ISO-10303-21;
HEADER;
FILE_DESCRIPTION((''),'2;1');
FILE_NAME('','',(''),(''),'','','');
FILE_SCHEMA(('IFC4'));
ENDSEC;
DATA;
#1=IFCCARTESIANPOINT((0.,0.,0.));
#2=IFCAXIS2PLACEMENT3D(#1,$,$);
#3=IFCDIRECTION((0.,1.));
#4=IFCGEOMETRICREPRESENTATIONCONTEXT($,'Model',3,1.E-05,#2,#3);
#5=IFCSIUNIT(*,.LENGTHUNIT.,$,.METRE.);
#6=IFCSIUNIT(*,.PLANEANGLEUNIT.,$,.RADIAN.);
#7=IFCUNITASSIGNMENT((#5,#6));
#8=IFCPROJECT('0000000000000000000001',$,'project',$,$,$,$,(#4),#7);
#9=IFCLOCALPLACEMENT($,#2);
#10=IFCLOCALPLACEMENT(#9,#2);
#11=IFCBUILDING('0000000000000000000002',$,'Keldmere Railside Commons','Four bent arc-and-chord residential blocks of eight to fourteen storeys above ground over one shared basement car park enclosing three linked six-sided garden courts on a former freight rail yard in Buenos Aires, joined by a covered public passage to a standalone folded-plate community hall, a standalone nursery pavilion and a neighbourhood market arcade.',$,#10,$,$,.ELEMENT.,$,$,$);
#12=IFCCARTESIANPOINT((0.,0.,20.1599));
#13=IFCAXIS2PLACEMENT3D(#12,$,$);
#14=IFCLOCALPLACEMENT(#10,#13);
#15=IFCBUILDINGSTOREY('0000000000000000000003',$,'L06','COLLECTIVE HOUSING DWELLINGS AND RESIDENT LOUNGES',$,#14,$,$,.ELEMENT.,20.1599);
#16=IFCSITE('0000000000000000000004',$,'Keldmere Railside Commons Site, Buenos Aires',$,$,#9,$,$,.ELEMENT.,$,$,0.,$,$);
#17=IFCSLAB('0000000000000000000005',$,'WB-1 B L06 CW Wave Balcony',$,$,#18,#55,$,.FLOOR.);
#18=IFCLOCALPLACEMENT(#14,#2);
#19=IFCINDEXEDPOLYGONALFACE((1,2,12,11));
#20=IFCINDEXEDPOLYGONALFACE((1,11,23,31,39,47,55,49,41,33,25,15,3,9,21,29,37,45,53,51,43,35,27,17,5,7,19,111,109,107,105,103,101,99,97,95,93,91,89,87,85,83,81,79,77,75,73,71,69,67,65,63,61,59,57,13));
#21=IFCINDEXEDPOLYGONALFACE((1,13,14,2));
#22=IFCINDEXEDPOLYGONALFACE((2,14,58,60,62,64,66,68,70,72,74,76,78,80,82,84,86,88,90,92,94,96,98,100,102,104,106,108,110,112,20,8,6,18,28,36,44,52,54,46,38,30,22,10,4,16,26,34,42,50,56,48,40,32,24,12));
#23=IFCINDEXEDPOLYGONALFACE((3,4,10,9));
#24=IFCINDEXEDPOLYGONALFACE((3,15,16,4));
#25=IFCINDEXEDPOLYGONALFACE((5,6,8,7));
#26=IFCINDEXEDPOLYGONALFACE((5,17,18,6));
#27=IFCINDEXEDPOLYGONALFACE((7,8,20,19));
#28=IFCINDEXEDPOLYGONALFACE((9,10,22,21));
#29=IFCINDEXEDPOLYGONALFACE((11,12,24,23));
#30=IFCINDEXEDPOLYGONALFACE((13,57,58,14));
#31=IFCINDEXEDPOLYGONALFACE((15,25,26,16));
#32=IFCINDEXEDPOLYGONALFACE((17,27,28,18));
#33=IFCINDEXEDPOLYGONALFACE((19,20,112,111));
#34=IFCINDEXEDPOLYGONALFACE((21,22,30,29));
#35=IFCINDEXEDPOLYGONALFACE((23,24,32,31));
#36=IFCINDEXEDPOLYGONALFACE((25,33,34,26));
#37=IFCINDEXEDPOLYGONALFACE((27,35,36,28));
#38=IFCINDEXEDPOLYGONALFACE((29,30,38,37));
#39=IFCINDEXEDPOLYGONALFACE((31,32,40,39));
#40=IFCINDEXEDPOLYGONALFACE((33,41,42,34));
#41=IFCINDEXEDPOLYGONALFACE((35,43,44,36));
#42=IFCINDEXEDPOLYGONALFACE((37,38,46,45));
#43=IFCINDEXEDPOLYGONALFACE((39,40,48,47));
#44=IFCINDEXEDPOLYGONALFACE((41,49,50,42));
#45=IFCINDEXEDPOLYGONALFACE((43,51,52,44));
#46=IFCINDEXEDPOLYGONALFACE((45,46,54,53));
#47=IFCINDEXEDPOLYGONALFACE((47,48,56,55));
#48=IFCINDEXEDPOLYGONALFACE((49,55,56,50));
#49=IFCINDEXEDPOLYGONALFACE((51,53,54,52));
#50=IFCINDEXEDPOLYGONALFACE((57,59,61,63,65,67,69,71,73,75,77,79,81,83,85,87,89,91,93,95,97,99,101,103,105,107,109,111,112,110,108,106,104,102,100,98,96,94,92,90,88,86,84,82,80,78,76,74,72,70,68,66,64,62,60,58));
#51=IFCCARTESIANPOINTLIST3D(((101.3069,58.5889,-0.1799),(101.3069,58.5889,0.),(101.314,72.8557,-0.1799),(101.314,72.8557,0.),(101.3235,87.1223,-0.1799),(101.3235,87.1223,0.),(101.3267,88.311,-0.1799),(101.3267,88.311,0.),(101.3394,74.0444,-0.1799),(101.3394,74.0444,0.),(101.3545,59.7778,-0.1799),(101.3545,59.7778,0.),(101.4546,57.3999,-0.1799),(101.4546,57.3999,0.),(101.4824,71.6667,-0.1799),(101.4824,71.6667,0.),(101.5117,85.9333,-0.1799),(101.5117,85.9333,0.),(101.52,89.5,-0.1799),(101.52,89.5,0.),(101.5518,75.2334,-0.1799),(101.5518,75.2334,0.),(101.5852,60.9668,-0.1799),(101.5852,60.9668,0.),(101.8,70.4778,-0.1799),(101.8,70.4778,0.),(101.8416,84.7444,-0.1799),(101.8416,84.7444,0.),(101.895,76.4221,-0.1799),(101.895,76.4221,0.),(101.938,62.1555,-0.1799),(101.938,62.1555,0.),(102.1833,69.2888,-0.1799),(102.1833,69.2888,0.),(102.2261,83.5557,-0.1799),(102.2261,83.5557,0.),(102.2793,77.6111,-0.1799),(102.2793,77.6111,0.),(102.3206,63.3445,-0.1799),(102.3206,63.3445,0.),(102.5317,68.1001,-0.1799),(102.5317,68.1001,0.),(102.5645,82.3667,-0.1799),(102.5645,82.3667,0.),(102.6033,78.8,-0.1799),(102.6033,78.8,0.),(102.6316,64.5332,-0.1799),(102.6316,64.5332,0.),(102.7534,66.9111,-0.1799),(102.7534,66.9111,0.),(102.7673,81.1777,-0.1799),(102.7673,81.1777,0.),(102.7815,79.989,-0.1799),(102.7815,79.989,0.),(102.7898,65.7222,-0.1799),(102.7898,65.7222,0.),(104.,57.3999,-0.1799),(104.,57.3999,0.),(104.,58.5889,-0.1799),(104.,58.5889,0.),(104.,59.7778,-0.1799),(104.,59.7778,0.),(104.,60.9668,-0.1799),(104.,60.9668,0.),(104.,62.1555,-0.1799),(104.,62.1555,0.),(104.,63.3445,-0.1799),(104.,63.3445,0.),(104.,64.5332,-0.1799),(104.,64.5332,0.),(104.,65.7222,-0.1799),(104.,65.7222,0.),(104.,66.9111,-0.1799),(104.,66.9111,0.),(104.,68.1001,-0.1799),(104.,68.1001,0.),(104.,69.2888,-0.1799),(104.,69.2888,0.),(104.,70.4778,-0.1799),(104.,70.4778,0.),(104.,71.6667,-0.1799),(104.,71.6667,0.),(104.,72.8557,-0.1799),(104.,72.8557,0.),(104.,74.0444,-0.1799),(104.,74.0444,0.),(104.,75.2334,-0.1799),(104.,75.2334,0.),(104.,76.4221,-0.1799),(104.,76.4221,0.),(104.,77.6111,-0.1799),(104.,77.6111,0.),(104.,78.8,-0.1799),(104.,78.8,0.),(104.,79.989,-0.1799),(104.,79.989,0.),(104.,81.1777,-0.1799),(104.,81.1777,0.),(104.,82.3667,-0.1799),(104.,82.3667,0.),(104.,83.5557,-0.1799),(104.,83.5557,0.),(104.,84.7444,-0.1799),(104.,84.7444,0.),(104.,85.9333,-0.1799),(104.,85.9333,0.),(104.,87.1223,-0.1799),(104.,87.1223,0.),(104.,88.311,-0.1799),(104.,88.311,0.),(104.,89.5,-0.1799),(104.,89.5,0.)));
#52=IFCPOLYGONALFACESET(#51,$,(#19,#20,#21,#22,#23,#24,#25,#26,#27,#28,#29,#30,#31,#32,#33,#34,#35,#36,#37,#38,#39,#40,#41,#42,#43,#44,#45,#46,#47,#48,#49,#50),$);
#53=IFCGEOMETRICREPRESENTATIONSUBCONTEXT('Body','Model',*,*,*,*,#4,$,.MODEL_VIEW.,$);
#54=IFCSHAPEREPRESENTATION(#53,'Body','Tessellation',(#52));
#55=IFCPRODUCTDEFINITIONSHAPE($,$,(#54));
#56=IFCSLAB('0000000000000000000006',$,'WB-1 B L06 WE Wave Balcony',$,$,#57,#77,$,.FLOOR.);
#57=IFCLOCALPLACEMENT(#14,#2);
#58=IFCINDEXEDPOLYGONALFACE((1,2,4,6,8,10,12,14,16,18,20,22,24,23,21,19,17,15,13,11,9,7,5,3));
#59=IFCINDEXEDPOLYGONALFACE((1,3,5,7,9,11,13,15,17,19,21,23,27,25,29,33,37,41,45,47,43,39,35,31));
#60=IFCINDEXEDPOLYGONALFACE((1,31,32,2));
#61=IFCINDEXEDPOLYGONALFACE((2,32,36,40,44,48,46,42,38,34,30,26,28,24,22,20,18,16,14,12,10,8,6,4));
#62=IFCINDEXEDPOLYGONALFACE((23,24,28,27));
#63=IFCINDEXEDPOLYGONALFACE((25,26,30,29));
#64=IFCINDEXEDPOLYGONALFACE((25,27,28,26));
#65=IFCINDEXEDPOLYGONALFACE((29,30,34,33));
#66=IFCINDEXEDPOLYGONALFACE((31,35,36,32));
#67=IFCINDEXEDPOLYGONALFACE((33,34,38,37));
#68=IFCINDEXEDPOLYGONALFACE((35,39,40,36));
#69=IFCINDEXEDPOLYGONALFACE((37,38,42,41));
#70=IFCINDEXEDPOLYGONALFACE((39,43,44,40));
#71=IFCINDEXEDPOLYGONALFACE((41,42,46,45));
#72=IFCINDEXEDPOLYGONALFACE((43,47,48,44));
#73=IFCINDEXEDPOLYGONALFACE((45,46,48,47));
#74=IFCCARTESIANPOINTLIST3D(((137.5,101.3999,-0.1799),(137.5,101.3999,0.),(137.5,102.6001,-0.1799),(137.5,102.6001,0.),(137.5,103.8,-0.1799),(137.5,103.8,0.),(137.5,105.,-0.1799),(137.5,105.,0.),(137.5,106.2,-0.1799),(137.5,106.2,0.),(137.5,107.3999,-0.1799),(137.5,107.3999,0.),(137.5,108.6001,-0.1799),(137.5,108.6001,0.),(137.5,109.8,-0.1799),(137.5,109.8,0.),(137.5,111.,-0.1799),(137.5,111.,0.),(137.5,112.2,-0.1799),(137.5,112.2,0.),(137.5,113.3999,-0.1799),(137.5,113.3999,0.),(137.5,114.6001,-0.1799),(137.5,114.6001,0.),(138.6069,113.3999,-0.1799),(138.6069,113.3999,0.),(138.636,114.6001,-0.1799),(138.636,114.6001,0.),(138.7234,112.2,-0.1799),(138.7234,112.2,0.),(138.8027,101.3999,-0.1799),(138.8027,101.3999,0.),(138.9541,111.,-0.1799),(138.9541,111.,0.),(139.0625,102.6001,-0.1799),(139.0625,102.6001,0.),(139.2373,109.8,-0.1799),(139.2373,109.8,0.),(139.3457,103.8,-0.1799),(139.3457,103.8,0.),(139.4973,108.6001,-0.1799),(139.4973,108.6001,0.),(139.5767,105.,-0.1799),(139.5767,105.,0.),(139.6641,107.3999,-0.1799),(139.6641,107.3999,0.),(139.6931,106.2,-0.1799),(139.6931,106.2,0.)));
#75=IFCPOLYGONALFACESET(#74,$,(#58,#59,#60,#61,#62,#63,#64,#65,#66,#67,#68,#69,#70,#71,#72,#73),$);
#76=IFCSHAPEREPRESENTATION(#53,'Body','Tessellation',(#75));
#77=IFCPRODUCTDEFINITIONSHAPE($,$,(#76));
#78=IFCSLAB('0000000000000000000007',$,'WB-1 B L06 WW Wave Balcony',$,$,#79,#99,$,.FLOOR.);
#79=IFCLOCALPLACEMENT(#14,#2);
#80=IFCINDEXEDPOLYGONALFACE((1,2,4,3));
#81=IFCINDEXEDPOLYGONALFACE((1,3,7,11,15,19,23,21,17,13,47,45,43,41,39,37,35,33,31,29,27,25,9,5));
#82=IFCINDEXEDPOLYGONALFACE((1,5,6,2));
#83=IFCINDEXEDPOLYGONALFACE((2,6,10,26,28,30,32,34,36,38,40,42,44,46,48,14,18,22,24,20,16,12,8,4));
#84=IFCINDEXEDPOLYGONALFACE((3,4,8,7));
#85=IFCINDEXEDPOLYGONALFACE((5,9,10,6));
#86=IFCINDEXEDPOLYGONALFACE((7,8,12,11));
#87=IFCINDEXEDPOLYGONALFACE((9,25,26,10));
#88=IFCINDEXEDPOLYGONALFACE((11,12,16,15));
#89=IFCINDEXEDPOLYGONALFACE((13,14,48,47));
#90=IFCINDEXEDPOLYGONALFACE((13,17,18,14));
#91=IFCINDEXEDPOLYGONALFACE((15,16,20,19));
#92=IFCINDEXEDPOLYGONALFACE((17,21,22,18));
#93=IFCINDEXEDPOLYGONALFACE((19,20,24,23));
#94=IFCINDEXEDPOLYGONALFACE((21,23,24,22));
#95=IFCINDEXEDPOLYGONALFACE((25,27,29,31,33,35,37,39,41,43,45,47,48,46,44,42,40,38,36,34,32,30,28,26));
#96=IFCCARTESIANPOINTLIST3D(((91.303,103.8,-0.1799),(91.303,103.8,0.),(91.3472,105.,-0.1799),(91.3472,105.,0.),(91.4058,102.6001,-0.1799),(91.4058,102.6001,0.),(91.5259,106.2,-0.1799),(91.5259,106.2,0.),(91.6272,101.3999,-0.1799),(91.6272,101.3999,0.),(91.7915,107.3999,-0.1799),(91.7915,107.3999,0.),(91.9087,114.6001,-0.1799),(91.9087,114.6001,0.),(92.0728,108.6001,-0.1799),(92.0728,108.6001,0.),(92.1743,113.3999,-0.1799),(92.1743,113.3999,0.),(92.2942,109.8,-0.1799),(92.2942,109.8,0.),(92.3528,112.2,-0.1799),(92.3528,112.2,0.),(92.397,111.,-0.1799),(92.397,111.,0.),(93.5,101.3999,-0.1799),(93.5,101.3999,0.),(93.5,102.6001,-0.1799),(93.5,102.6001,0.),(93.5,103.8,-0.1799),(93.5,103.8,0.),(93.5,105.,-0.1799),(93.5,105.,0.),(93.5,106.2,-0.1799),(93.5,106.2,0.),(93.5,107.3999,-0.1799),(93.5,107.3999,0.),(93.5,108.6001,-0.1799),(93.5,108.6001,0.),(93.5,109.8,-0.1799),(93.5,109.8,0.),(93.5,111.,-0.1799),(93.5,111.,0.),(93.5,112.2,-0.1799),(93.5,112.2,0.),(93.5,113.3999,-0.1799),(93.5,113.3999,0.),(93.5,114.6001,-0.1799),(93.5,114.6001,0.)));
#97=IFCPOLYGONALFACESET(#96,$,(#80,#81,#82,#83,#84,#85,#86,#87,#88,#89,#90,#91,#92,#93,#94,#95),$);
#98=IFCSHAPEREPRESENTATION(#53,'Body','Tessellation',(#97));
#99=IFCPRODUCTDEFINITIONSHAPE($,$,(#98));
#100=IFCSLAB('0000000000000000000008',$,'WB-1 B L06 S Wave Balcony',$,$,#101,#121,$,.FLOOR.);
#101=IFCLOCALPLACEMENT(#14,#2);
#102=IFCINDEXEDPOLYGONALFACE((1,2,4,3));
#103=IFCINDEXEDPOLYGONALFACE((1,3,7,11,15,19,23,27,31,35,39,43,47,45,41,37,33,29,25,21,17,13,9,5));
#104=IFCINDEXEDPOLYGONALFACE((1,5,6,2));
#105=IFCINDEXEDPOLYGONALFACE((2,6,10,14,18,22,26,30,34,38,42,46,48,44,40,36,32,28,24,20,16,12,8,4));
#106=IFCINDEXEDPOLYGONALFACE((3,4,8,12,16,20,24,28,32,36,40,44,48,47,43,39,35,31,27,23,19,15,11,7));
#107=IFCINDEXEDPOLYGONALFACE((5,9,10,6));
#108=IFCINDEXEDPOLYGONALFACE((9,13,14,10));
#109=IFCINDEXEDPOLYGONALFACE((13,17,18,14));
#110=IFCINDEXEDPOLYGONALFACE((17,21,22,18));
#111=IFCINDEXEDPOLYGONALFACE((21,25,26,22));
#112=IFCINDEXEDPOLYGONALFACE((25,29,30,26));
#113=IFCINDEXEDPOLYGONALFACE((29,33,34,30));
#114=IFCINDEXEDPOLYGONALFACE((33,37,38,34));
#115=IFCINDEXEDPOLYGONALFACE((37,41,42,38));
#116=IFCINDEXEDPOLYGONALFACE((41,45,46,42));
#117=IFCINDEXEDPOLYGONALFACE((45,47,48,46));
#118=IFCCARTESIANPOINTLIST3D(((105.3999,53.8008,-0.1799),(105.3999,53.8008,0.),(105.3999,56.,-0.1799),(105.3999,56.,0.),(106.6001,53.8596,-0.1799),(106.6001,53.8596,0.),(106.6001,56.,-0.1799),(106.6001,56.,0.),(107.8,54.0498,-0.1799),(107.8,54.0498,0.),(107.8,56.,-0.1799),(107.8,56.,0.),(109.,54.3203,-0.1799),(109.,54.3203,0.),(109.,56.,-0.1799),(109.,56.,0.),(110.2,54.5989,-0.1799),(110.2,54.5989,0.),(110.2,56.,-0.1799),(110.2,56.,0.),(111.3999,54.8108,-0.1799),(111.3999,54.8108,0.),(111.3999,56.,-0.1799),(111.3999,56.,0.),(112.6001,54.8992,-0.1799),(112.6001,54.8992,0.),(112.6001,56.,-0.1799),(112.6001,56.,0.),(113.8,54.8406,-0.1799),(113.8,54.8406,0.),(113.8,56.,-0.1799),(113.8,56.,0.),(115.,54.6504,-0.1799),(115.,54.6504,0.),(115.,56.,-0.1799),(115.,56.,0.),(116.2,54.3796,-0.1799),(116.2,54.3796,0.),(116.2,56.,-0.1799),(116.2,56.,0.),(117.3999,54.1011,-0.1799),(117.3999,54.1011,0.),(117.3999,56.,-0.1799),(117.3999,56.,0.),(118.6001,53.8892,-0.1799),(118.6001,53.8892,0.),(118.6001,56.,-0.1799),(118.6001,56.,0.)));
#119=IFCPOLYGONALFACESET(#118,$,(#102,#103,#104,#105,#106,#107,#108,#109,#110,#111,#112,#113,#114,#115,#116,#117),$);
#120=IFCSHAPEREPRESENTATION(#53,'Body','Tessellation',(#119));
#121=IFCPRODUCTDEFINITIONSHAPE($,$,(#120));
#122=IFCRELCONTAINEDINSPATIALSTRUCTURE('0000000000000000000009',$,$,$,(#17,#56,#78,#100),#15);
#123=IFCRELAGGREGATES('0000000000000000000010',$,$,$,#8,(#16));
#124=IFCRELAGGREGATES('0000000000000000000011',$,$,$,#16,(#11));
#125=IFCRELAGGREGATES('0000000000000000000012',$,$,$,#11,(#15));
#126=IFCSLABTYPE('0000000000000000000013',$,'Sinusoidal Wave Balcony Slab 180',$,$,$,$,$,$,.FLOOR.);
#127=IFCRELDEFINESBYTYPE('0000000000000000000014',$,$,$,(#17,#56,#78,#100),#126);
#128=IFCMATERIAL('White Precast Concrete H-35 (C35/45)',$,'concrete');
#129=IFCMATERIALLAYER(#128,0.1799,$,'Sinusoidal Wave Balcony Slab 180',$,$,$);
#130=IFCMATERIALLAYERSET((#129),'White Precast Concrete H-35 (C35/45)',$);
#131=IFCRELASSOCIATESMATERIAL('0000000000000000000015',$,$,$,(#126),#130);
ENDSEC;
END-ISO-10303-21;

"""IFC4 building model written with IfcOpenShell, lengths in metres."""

from ifc_helpers import new_model, si_unit, direction, frame, origin, place, context, subcontext, project, spatial, polyline, outline, extrude, material, layer, layer_set, type_object, element, save


model = new_model("IFC4")

# Units and contexts
model_context = context("Model", 3, precision=1e-05, world=origin(), true_north=direction((0.0, 1.0)))
body_context = subcontext(model_context, "Body", "Model", "MODEL_VIEW")
ifc_project = project(units=[si_unit("LENGTHUNIT", "METRE"), si_unit("PLANEANGLEUNIT", "RADIAN")], contexts=[model_context])

# Site, building, storey
site_placement = place(None, origin())
site = spatial("IfcSite", under=ifc_project, at=site_placement, Name="Keldmere Railside Commons Site, Buenos Aires", CompositionType="ELEMENT", RefElevation=0.0)
building_placement = place(site_placement, origin())
building = spatial("IfcBuilding", under=site, at=building_placement, Name="Keldmere Railside Commons", Description="Four bent arc-and-chord residential blocks of eight to fourteen storeys above ground over one shared basement car park enclosing three linked six-sided garden courts on a former freight rail yard in Buenos Aires, joined by a covered public passage to a standalone folded-plate community hall, a standalone nursery pavilion and a neighbourhood market arcade.", CompositionType="ELEMENT")
storey_placement = place(building_placement, frame((0.0, 0.0, 20.1599)))
storey = spatial("IfcBuildingStorey", under=building, at=storey_placement, Name="L06", Description="COLLECTIVE HOUSING DWELLINGS AND RESIDENT LOUNGES", CompositionType="ELEMENT", Elevation=20.1599)

# Slabs
ifc_material_1 = material(Name="White Precast Concrete H-35 (C35/45)", Category="concrete")
ifc_layer_1 = layer(ifc_material_1, 0.1799, Name="Sinusoidal Wave Balcony Slab 180")
ifc_layer_set_1 = layer_set([ifc_layer_1], Name="White Precast Concrete H-35 (C35/45)")
slab_type_1 = type_object("IfcSlabType", Name="Sinusoidal Wave Balcony Slab 180", PredefinedType="FLOOR", material=ifc_layer_set_1)
slab_1_placement = place(storey_placement, frame((0.0, 0.0, -0.1799)))
element("IfcSlab", 1, at=slab_1_placement, inside=storey, type_object=slab_type_1, Name="WB-1 B L06 CW Wave Balcony", PredefinedType="FLOOR", context=body_context, shape_type="SweptSolid", body=[
    extrude(outline(polyline([(104.0, 57.3999), (104.0, 58.5889), (104.0, 59.7778), (104.0, 60.9668), (104.0, 62.1555), (104.0, 63.3445), (104.0, 64.5332), (104.0, 65.7222), (104.0, 66.9111), (104.0, 68.1001), (104.0, 69.2888), (104.0, 70.4778), (104.0, 71.6667), (104.0, 72.8557), (104.0, 74.0444), (104.0, 75.2334), (104.0, 76.4221), (104.0, 77.6111), (104.0, 78.8), (104.0, 79.989), (104.0, 81.1777), (104.0, 82.3667), (104.0, 83.5557), (104.0, 84.7444), (104.0, 85.9333), (104.0, 87.1223), (104.0, 88.311), (104.0, 89.5), (101.52, 89.5), (101.3267, 88.311), (101.3235, 87.1223), (101.5117, 85.9333), (101.8416, 84.7444), (102.2261, 83.5557), (102.5645, 82.3667), (102.7673, 81.1777), (102.7815, 79.989), (102.6033, 78.8), (102.2793, 77.6111), (101.895, 76.4221), (101.5518, 75.2334), (101.3394, 74.0444), (101.314, 72.8557), (101.4824, 71.6667), (101.8, 70.4778), (102.1833, 69.2888), (102.5317, 68.1001), (102.7534, 66.9111), (102.7898, 65.7222), (102.6316, 64.5332), (102.3206, 63.3445), (101.938, 62.1555), (101.5852, 60.9668), (101.3545, 59.7778), (101.3069, 58.5889), (101.4546, 57.3999), (104.0, 57.3999)])), origin(), (0.0, 0.0, 1.0), 0.1799),
])
slab_2_placement = place(storey_placement, frame((0.0, 0.0, -0.1799)))
element("IfcSlab", 2, at=slab_2_placement, inside=storey, type_object=slab_type_1, Name="WB-1 B L06 WE Wave Balcony", PredefinedType="FLOOR", context=body_context, shape_type="SweptSolid", body=[
    extrude(outline(polyline([(138.8027, 101.3999), (139.0625, 102.6001), (139.3457, 103.8), (139.5767, 105.0), (139.6931, 106.2), (139.6641, 107.3999), (139.4973, 108.6001), (139.2373, 109.8), (138.9541, 111.0), (138.7234, 112.2), (138.6069, 113.3999), (138.636, 114.6001), (137.5, 114.6001), (137.5, 113.3999), (137.5, 112.2), (137.5, 111.0), (137.5, 109.8), (137.5, 108.6001), (137.5, 107.3999), (137.5, 106.2), (137.5, 105.0), (137.5, 103.8), (137.5, 102.6001), (137.5, 101.3999), (138.8027, 101.3999)])), origin(), (0.0, 0.0, 1.0), 0.1799),
])
slab_3_placement = place(storey_placement, frame((0.0, 0.0, -0.1799)))
element("IfcSlab", 3, at=slab_3_placement, inside=storey, type_object=slab_type_1, Name="WB-1 B L06 WW Wave Balcony", PredefinedType="FLOOR", context=body_context, shape_type="SweptSolid", body=[
    extrude(outline(polyline([(93.5, 101.3999), (93.5, 102.6001), (93.5, 103.8), (93.5, 105.0), (93.5, 106.2), (93.5, 107.3999), (93.5, 108.6001), (93.5, 109.8), (93.5, 111.0), (93.5, 112.2), (93.5, 113.3999), (93.5, 114.6001), (91.9087, 114.6001), (92.1743, 113.3999), (92.3528, 112.2), (92.397, 111.0), (92.2942, 109.8), (92.0728, 108.6001), (91.7915, 107.3999), (91.5259, 106.2), (91.3472, 105.0), (91.303, 103.8), (91.4058, 102.6001), (91.6272, 101.3999), (93.5, 101.3999)])), origin(), (0.0, 0.0, 1.0), 0.1799),
])
slab_4_placement = place(storey_placement, frame((0.0, 0.0, -0.1799)))
element("IfcSlab", 4, at=slab_4_placement, inside=storey, type_object=slab_type_1, Name="WB-1 B L06 S Wave Balcony", PredefinedType="FLOOR", context=body_context, shape_type="SweptSolid", body=[
    extrude(outline(polyline([(105.3999, 53.8008), (106.6001, 53.8596), (107.8, 54.0498), (109.0, 54.3203), (110.2, 54.5989), (111.3999, 54.8108), (112.6001, 54.8992), (113.8, 54.8406), (115.0, 54.6504), (116.2, 54.3796), (117.3999, 54.1011), (118.6001, 53.8892), (118.6001, 56.0), (117.3999, 56.0), (116.2, 56.0), (115.0, 56.0), (113.8, 56.0), (112.6001, 56.0), (111.3999, 56.0), (110.2, 56.0), (109.0, 56.0), (107.8, 56.0), (106.6001, 56.0), (105.3999, 56.0), (105.3999, 53.8008)])), origin(), (0.0, 0.0, 1.0), 0.1799),
])

save(model, "model.ifc")
